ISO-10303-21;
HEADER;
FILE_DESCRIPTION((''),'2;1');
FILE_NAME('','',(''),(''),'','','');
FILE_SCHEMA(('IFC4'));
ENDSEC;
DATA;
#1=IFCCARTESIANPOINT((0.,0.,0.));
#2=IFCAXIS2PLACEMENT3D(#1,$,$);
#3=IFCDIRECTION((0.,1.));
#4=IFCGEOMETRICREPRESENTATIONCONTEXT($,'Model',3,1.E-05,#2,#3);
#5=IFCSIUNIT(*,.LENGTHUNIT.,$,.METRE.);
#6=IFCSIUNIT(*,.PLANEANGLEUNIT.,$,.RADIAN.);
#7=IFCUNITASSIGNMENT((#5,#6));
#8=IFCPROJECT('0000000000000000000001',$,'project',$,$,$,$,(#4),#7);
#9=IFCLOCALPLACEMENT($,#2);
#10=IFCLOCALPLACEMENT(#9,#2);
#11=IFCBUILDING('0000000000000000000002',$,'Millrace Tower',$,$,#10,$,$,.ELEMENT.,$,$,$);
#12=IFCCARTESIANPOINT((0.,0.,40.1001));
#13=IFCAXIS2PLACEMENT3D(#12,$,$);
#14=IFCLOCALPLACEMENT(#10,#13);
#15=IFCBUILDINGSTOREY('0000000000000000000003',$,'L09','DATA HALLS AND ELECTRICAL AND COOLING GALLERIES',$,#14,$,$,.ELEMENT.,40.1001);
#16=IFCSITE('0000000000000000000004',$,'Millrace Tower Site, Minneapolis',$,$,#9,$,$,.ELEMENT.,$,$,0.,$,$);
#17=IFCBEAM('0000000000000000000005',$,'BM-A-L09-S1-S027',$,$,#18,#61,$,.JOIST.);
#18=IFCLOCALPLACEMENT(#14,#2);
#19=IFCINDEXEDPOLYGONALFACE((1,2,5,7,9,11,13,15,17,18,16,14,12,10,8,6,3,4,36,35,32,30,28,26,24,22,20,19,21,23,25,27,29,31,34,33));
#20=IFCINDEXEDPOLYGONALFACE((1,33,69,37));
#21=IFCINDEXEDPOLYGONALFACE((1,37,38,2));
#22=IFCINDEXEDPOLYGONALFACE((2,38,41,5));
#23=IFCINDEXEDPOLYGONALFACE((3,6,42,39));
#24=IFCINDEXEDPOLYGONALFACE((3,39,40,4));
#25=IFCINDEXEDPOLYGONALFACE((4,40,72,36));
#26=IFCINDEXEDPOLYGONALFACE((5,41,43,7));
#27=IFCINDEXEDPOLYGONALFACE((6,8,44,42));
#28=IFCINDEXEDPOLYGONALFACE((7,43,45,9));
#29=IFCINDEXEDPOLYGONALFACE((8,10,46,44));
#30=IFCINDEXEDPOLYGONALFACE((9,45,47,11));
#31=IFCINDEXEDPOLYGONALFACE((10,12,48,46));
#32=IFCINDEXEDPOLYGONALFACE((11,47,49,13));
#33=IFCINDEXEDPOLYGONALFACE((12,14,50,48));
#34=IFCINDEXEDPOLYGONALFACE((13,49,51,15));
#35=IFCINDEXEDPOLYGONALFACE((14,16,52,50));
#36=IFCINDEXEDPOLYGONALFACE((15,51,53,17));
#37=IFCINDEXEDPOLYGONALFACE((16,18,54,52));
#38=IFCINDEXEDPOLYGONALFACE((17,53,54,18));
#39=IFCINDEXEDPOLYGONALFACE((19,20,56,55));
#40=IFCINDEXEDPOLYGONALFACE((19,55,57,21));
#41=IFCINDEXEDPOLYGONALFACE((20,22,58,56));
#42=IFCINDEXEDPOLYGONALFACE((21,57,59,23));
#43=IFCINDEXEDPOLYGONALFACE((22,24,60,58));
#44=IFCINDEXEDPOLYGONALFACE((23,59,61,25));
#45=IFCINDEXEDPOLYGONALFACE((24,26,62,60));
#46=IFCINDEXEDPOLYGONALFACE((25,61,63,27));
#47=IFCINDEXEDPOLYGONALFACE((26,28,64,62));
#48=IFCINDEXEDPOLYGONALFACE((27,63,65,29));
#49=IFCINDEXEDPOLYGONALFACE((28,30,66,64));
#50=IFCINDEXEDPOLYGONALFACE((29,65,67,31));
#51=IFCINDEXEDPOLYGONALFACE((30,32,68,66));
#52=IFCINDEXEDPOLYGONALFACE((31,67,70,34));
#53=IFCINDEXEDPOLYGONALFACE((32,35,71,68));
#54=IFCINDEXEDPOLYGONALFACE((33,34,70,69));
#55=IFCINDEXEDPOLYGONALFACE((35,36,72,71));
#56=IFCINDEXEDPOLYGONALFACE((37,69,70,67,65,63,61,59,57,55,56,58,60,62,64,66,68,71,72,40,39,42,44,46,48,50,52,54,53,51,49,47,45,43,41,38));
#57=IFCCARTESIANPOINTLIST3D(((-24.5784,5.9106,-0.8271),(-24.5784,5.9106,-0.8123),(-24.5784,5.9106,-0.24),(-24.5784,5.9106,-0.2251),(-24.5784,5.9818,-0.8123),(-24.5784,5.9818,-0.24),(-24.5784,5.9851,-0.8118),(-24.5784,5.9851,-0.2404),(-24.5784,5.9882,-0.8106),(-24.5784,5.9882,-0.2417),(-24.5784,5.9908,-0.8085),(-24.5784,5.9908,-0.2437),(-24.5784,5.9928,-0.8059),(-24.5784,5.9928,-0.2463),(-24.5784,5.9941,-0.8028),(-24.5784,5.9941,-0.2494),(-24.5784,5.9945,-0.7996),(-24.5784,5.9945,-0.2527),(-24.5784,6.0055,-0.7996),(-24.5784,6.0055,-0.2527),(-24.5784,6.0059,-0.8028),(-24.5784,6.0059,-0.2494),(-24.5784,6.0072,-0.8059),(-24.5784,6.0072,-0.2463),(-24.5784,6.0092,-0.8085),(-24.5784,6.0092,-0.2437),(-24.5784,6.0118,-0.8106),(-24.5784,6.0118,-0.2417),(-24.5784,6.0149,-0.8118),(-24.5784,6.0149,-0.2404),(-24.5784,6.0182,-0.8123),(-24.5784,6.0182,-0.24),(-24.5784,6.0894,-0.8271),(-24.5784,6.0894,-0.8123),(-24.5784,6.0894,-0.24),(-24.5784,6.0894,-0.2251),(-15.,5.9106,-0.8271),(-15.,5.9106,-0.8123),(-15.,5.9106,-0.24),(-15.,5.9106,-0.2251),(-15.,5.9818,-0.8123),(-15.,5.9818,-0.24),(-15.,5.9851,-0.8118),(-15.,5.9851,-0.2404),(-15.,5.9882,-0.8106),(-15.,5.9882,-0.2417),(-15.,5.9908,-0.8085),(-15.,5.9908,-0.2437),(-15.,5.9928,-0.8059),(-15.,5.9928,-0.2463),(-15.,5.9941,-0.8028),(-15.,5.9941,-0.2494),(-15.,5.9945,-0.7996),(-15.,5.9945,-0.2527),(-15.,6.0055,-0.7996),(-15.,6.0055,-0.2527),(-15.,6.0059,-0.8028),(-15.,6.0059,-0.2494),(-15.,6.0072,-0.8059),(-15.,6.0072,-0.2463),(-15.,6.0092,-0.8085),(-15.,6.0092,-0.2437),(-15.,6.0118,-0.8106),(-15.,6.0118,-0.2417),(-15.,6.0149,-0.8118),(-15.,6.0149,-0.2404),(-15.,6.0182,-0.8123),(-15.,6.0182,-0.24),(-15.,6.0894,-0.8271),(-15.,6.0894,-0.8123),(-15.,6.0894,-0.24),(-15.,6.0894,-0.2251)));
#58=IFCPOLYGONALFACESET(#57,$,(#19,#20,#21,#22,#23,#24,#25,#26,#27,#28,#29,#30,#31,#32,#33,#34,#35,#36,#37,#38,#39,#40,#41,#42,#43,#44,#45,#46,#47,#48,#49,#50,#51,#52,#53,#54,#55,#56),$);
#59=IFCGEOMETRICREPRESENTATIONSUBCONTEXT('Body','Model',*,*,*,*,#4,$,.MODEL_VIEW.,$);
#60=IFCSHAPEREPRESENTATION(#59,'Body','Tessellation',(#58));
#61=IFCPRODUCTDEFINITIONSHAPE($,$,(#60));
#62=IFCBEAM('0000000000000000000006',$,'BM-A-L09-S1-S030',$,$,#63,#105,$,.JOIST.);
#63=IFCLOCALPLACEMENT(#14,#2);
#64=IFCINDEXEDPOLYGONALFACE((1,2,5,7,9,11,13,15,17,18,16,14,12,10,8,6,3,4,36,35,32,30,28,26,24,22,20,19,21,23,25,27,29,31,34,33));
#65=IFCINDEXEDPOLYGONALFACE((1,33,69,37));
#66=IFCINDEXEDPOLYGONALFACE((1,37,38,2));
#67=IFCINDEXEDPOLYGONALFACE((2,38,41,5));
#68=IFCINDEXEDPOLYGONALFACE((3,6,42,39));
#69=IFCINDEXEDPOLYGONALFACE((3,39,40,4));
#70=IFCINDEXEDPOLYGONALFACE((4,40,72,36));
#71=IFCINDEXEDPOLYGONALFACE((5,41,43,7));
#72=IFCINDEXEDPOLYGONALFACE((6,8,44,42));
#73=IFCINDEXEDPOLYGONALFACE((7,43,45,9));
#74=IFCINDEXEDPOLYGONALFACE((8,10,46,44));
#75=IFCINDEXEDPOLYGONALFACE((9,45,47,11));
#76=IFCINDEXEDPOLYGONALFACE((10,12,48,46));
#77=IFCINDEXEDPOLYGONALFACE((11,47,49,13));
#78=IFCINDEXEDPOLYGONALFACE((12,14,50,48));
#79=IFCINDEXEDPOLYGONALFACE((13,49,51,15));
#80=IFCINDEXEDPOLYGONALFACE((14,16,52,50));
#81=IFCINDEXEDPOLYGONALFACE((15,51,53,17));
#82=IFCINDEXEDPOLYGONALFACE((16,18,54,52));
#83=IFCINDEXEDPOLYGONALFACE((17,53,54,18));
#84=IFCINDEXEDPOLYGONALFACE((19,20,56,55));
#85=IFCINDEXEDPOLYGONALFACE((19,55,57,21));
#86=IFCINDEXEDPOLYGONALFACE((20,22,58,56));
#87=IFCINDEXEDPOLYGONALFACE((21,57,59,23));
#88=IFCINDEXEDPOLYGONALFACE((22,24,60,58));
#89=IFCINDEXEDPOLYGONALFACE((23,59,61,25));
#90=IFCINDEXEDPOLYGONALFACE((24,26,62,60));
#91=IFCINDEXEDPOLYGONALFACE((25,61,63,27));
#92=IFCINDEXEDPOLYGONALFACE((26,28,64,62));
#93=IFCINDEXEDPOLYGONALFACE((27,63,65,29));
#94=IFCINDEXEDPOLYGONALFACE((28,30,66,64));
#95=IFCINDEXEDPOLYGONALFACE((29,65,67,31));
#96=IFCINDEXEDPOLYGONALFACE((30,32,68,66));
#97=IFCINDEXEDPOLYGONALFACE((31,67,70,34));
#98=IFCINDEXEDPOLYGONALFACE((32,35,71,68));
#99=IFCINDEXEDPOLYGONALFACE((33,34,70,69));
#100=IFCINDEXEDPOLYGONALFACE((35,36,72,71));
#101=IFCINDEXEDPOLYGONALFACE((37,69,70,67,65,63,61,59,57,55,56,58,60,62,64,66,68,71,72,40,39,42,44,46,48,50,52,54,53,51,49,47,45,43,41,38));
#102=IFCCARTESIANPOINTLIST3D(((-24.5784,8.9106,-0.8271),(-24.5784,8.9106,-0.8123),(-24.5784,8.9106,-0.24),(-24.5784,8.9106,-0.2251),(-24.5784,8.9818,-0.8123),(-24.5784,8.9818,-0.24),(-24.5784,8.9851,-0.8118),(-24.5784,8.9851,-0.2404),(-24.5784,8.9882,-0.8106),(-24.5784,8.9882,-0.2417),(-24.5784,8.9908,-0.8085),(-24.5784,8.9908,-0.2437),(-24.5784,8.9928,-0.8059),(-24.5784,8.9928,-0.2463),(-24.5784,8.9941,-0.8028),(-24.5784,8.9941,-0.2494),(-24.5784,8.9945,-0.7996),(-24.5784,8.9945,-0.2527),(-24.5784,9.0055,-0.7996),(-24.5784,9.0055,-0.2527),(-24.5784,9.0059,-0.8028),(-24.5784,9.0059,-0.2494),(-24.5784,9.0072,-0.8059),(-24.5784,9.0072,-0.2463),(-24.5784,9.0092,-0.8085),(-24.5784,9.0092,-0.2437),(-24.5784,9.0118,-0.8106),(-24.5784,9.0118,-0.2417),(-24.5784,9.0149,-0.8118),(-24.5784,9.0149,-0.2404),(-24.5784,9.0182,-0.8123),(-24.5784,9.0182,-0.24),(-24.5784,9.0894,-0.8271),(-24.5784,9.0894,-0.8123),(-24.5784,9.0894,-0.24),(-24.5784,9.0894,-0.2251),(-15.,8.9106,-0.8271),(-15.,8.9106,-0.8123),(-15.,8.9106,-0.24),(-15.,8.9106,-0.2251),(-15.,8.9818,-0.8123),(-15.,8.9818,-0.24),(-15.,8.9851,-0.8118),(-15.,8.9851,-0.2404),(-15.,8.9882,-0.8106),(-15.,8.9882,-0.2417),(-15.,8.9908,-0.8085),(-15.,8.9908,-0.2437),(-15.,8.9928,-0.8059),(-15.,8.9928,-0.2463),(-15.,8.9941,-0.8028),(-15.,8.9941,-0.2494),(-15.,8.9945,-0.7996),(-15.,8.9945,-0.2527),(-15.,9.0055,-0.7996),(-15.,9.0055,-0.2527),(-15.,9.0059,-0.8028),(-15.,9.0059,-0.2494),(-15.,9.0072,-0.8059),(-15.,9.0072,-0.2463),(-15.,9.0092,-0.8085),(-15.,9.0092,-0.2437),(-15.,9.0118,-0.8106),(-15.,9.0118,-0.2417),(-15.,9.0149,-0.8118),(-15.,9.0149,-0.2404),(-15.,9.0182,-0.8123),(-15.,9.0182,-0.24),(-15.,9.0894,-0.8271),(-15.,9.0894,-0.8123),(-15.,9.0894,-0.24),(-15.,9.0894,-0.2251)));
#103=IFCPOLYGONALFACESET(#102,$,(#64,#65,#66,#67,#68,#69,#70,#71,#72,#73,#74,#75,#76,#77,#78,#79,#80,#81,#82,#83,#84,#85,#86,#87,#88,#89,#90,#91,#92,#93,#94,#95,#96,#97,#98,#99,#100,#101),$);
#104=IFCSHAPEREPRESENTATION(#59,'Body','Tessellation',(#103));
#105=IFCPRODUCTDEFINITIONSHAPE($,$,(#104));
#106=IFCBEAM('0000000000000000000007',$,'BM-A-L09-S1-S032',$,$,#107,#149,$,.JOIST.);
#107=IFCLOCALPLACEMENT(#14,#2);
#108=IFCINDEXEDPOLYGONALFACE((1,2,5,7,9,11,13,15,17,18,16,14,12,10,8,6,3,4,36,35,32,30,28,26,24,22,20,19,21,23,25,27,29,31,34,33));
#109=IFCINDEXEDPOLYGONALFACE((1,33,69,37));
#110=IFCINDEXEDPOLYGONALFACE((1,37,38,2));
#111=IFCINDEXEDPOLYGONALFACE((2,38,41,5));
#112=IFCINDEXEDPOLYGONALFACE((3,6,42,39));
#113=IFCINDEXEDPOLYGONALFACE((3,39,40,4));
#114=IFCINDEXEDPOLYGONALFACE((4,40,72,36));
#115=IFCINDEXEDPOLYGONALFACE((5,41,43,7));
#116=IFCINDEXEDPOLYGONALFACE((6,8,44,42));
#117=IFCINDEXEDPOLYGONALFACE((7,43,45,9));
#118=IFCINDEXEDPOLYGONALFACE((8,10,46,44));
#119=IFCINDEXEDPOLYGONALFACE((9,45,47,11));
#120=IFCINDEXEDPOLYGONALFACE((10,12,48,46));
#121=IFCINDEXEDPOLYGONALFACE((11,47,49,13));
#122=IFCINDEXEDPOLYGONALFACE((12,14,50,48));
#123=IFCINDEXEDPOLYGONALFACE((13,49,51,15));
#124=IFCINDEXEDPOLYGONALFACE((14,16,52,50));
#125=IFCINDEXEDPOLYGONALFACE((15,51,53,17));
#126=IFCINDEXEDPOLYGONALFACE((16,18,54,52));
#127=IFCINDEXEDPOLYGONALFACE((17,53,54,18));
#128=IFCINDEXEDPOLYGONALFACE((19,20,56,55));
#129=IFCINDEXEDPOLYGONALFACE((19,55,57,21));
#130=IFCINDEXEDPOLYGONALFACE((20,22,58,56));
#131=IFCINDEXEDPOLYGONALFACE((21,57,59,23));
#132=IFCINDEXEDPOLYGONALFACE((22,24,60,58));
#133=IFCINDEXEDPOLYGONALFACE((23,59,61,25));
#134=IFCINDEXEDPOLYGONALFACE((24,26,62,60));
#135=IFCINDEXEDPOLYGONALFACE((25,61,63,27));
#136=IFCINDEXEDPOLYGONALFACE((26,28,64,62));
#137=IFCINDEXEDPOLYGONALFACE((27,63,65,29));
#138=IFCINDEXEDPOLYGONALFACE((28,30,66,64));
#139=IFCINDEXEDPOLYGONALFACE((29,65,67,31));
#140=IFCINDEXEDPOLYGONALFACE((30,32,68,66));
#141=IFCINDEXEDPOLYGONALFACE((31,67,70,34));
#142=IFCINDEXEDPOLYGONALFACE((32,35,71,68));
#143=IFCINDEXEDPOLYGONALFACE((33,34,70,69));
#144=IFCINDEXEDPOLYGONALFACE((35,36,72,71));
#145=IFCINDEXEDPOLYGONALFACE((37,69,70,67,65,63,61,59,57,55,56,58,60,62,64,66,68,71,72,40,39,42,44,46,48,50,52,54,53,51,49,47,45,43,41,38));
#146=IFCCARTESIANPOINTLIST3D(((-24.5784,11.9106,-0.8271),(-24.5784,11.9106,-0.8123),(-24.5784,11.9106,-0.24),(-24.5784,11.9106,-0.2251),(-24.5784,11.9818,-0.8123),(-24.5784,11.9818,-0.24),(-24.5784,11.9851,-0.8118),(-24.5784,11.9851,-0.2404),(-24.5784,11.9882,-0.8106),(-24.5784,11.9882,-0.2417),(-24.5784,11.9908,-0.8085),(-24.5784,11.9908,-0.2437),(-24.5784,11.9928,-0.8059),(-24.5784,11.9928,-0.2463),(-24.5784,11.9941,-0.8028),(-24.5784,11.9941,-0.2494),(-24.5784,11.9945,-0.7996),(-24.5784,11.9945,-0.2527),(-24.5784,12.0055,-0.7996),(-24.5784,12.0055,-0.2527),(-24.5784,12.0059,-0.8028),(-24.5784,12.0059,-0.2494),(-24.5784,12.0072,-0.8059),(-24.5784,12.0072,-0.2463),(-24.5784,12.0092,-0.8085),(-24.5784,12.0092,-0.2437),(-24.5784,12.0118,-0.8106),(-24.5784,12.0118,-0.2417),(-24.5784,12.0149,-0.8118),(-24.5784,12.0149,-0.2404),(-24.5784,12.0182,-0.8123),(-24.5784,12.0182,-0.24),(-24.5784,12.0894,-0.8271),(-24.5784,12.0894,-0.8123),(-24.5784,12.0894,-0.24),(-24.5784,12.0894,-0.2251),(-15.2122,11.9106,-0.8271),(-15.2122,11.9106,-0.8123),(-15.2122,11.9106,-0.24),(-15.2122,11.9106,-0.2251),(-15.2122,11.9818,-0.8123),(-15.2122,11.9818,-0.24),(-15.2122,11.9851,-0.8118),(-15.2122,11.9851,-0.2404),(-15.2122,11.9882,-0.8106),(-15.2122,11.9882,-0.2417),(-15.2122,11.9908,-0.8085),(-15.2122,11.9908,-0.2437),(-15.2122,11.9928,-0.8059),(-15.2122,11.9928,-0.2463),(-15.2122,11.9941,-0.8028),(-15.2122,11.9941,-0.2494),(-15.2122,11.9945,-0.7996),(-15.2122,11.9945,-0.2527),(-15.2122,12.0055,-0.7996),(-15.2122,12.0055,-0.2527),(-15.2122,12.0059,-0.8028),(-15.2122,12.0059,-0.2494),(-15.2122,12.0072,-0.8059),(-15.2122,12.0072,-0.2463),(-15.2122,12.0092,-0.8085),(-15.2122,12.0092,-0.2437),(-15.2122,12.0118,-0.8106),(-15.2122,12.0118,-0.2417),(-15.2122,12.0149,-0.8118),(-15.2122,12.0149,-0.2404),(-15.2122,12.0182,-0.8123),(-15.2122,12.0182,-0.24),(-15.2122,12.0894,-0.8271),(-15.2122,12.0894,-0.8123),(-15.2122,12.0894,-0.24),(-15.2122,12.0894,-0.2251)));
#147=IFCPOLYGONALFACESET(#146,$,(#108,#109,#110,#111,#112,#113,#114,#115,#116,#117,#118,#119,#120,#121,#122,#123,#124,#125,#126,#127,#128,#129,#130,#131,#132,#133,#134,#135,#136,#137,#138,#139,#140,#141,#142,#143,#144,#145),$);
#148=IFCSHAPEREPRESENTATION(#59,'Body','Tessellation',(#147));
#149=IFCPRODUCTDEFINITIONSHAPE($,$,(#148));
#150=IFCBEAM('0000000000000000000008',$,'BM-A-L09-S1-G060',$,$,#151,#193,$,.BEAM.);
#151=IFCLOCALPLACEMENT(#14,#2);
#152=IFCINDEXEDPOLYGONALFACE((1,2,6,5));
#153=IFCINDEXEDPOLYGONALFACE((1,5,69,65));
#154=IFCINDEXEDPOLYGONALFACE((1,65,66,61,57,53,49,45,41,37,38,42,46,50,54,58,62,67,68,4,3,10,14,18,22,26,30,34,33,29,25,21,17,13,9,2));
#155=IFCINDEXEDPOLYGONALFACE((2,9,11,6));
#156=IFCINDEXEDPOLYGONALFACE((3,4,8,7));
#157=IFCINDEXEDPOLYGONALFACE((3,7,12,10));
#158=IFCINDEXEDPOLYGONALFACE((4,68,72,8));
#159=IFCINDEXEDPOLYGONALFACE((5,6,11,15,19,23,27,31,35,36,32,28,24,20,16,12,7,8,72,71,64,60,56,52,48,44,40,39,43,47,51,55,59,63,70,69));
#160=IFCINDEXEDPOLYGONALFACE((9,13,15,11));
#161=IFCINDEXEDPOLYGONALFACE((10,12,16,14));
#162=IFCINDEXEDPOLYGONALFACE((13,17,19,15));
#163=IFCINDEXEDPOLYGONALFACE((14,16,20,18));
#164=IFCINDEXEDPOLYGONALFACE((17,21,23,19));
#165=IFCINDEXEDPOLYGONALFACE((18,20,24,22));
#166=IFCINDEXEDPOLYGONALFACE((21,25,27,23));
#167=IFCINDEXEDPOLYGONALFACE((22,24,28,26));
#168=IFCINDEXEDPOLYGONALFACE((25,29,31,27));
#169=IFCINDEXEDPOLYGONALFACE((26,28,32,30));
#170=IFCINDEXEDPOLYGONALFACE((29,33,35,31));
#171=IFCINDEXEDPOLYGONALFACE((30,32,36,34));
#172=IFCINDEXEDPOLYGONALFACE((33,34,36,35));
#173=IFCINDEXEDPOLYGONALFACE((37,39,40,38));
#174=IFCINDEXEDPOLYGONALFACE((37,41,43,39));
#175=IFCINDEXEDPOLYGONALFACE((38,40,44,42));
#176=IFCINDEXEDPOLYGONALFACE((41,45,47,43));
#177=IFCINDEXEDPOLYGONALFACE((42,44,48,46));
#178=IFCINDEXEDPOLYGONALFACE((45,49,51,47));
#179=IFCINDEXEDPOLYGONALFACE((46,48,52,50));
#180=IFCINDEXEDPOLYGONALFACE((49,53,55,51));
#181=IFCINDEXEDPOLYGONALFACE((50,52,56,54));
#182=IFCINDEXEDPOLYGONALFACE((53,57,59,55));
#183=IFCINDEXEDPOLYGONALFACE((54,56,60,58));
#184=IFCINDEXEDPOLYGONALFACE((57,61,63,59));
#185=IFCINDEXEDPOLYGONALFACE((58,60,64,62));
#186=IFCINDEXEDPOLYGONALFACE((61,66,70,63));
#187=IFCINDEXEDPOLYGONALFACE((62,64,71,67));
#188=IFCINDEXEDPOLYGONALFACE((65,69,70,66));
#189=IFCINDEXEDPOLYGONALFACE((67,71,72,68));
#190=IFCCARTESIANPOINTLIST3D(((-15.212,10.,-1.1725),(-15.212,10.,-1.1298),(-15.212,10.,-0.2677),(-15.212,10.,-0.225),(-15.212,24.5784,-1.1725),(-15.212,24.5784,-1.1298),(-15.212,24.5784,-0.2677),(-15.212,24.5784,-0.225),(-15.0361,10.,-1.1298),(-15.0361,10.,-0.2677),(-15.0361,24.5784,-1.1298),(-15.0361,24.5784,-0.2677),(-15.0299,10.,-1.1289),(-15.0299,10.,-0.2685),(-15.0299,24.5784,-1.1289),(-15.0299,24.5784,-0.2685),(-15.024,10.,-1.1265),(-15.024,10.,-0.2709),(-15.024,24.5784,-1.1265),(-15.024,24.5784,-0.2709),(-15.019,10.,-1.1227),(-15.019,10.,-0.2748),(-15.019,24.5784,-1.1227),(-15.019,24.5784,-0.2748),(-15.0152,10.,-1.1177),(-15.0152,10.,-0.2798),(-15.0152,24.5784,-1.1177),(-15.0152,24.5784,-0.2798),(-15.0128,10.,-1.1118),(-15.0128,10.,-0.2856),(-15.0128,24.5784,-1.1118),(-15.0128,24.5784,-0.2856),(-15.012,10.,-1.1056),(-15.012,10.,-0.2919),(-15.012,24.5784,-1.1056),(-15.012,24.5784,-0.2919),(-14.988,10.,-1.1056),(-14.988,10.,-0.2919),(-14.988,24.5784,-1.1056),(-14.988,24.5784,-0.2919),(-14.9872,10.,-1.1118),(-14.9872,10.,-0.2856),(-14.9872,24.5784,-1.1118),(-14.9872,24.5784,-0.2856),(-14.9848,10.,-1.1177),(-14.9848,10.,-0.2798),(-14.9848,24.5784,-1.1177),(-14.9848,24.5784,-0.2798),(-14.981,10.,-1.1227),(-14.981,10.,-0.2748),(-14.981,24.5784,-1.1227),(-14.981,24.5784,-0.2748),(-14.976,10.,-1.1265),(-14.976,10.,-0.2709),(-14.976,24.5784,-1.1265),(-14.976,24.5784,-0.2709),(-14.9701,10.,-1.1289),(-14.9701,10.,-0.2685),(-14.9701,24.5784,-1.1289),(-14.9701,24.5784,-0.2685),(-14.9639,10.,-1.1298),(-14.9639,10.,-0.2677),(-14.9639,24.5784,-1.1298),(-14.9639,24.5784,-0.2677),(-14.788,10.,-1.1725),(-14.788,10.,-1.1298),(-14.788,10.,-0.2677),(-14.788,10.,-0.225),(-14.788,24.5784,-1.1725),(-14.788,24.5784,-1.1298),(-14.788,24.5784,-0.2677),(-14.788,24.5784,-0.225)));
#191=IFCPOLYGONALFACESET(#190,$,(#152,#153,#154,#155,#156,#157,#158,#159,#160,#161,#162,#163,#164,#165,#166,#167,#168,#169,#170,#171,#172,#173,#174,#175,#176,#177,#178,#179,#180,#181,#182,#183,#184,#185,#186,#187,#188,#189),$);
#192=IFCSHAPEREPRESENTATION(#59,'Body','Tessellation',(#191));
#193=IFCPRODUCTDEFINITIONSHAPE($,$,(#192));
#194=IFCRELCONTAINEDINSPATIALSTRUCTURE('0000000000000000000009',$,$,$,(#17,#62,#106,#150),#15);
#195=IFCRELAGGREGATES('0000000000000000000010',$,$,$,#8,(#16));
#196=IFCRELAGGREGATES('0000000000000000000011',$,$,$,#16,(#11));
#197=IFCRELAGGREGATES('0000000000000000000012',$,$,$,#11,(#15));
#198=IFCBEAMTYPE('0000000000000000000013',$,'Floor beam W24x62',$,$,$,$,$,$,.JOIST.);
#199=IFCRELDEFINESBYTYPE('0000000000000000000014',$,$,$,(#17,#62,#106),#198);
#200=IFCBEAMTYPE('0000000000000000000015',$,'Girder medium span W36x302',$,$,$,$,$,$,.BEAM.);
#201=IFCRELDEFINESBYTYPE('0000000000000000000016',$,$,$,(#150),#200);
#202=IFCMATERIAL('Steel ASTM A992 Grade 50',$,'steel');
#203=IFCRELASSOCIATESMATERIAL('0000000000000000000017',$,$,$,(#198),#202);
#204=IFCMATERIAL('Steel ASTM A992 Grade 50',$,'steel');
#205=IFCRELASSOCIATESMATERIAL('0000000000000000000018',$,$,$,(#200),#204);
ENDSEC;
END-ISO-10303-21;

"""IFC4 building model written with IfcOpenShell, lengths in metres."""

from ifc_helpers import new_model, si_unit, direction, frame, origin, origin_2d, place, context, subcontext, project, spatial, i_section, extrude, material, material_profile, profile_set, type_object, element, save


model = new_model("IFC4")

# Units and contexts
model_context = context("Model", 3, precision=1e-05, world=origin(), true_north=direction((0.0, 1.0)))
body_context = subcontext(model_context, "Body", "Model", "MODEL_VIEW")
ifc_project = project(units=[si_unit("LENGTHUNIT", "METRE"), si_unit("PLANEANGLEUNIT", "RADIAN")], contexts=[model_context])

# Site, building, storey
site_placement = place(None, origin())
site = spatial("IfcSite", under=ifc_project, at=site_placement, Name="Millrace Tower Site, Minneapolis", CompositionType="ELEMENT", RefElevation=0.0)
building_placement = place(site_placement, origin())
building = spatial("IfcBuilding", under=site, at=building_placement, Name="Millrace Tower", CompositionType="ELEMENT")
storey_placement = place(building_placement, frame((0.0, 0.0, 40.1001)))
storey = spatial("IfcBuildingStorey", under=building, at=storey_placement, Name="L09", Description="DATA HALLS AND ELECTRICAL AND COOLING GALLERIES", CompositionType="ELEMENT", Elevation=40.1001)

# Beams
ifc_material_1 = material(Name="Steel ASTM A992 Grade 50", Category="steel")
ifc_material_profile_1 = material_profile(ifc_material_1, i_section(OverallWidth=0.1787, OverallDepth=0.6021, WebThickness=0.011, FlangeThickness=0.0149, FilletRadius=0.0127, at=origin_2d()))
ifc_profile_set_1 = profile_set([ifc_material_profile_1], Name="Steel ASTM A992 Grade 50")
beam_type_1 = type_object("IfcBeamType", Name="Floor beam W24x62", PredefinedType="JOIST", material=ifc_profile_set_1)
for number, where, z_axis, x_axis, name in (
    (1, (-24.5784, 6.0, -0.5261), (1.0, 0.0, 0.0), (0.0, 1.0, 0.0), "BM-A-L09-S1-S027"),
    (2, (-24.5784, 9.0, -0.5261), (1.0, 0.0, 0.0), (0.0, 1.0, 0.0), "BM-A-L09-S1-S030"),
):
    element("IfcBeam", number, at=place(storey_placement, frame(where, z_axis=z_axis, x_axis=x_axis)), inside=storey, type_object=beam_type_1, Name=name, PredefinedType="JOIST", context=body_context, shape_type="SweptSolid", body=[
        extrude(i_section(OverallWidth=0.1787, OverallDepth=0.6021, WebThickness=0.011, FlangeThickness=0.0149, FilletRadius=0.0127, at=origin_2d()), origin(), (0.0, 0.0, 1.0), 9.5784),
    ])
beam_1_placement = place(storey_placement, frame((-24.5784, 12.0, -0.5261), z_axis=(1.0, 0.0, 0.0), x_axis=(0.0, 1.0, 0.0)))
element("IfcBeam", 3, at=beam_1_placement, inside=storey, type_object=beam_type_1, Name="BM-A-L09-S1-S032", PredefinedType="JOIST", context=body_context, shape_type="SweptSolid", body=[
    extrude(i_section(OverallWidth=0.1787, OverallDepth=0.6021, WebThickness=0.011, FlangeThickness=0.0149, FilletRadius=0.0127, at=origin_2d()), origin(), (0.0, 0.0, 1.0), 9.3662),
])
ifc_material_2 = material(Name="Steel ASTM A992 Grade 50", Category="steel")
ifc_material_profile_2 = material_profile(ifc_material_2, i_section(OverallWidth=0.4241, OverallDepth=0.9475, WebThickness=0.0239, FlangeThickness=0.0427, FilletRadius=0.0242, at=origin_2d()))
ifc_profile_set_2 = profile_set([ifc_material_profile_2], Name="Steel ASTM A992 Grade 50")
beam_type_2 = type_object("IfcBeamType", Name="Girder medium span W36x302", PredefinedType="BEAM", material=ifc_profile_set_2)
beam_2_placement = place(storey_placement, frame((-15.0, 10.0, -0.6987), z_axis=(0.0, 1.0, 0.0), x_axis=(-1.0, 0.0, 0.0)))
element("IfcBeam", 4, at=beam_2_placement, inside=storey, type_object=beam_type_2, Name="BM-A-L09-S1-G060", PredefinedType="BEAM", context=body_context, shape_type="SweptSolid", body=[
    extrude(i_section(OverallWidth=0.4241, OverallDepth=0.9475, WebThickness=0.0239, FlangeThickness=0.0427, FilletRadius=0.0242, at=origin_2d()), origin(), (0.0, 0.0, 1.0), 14.5784),
])

save(model, "model.ifc")
